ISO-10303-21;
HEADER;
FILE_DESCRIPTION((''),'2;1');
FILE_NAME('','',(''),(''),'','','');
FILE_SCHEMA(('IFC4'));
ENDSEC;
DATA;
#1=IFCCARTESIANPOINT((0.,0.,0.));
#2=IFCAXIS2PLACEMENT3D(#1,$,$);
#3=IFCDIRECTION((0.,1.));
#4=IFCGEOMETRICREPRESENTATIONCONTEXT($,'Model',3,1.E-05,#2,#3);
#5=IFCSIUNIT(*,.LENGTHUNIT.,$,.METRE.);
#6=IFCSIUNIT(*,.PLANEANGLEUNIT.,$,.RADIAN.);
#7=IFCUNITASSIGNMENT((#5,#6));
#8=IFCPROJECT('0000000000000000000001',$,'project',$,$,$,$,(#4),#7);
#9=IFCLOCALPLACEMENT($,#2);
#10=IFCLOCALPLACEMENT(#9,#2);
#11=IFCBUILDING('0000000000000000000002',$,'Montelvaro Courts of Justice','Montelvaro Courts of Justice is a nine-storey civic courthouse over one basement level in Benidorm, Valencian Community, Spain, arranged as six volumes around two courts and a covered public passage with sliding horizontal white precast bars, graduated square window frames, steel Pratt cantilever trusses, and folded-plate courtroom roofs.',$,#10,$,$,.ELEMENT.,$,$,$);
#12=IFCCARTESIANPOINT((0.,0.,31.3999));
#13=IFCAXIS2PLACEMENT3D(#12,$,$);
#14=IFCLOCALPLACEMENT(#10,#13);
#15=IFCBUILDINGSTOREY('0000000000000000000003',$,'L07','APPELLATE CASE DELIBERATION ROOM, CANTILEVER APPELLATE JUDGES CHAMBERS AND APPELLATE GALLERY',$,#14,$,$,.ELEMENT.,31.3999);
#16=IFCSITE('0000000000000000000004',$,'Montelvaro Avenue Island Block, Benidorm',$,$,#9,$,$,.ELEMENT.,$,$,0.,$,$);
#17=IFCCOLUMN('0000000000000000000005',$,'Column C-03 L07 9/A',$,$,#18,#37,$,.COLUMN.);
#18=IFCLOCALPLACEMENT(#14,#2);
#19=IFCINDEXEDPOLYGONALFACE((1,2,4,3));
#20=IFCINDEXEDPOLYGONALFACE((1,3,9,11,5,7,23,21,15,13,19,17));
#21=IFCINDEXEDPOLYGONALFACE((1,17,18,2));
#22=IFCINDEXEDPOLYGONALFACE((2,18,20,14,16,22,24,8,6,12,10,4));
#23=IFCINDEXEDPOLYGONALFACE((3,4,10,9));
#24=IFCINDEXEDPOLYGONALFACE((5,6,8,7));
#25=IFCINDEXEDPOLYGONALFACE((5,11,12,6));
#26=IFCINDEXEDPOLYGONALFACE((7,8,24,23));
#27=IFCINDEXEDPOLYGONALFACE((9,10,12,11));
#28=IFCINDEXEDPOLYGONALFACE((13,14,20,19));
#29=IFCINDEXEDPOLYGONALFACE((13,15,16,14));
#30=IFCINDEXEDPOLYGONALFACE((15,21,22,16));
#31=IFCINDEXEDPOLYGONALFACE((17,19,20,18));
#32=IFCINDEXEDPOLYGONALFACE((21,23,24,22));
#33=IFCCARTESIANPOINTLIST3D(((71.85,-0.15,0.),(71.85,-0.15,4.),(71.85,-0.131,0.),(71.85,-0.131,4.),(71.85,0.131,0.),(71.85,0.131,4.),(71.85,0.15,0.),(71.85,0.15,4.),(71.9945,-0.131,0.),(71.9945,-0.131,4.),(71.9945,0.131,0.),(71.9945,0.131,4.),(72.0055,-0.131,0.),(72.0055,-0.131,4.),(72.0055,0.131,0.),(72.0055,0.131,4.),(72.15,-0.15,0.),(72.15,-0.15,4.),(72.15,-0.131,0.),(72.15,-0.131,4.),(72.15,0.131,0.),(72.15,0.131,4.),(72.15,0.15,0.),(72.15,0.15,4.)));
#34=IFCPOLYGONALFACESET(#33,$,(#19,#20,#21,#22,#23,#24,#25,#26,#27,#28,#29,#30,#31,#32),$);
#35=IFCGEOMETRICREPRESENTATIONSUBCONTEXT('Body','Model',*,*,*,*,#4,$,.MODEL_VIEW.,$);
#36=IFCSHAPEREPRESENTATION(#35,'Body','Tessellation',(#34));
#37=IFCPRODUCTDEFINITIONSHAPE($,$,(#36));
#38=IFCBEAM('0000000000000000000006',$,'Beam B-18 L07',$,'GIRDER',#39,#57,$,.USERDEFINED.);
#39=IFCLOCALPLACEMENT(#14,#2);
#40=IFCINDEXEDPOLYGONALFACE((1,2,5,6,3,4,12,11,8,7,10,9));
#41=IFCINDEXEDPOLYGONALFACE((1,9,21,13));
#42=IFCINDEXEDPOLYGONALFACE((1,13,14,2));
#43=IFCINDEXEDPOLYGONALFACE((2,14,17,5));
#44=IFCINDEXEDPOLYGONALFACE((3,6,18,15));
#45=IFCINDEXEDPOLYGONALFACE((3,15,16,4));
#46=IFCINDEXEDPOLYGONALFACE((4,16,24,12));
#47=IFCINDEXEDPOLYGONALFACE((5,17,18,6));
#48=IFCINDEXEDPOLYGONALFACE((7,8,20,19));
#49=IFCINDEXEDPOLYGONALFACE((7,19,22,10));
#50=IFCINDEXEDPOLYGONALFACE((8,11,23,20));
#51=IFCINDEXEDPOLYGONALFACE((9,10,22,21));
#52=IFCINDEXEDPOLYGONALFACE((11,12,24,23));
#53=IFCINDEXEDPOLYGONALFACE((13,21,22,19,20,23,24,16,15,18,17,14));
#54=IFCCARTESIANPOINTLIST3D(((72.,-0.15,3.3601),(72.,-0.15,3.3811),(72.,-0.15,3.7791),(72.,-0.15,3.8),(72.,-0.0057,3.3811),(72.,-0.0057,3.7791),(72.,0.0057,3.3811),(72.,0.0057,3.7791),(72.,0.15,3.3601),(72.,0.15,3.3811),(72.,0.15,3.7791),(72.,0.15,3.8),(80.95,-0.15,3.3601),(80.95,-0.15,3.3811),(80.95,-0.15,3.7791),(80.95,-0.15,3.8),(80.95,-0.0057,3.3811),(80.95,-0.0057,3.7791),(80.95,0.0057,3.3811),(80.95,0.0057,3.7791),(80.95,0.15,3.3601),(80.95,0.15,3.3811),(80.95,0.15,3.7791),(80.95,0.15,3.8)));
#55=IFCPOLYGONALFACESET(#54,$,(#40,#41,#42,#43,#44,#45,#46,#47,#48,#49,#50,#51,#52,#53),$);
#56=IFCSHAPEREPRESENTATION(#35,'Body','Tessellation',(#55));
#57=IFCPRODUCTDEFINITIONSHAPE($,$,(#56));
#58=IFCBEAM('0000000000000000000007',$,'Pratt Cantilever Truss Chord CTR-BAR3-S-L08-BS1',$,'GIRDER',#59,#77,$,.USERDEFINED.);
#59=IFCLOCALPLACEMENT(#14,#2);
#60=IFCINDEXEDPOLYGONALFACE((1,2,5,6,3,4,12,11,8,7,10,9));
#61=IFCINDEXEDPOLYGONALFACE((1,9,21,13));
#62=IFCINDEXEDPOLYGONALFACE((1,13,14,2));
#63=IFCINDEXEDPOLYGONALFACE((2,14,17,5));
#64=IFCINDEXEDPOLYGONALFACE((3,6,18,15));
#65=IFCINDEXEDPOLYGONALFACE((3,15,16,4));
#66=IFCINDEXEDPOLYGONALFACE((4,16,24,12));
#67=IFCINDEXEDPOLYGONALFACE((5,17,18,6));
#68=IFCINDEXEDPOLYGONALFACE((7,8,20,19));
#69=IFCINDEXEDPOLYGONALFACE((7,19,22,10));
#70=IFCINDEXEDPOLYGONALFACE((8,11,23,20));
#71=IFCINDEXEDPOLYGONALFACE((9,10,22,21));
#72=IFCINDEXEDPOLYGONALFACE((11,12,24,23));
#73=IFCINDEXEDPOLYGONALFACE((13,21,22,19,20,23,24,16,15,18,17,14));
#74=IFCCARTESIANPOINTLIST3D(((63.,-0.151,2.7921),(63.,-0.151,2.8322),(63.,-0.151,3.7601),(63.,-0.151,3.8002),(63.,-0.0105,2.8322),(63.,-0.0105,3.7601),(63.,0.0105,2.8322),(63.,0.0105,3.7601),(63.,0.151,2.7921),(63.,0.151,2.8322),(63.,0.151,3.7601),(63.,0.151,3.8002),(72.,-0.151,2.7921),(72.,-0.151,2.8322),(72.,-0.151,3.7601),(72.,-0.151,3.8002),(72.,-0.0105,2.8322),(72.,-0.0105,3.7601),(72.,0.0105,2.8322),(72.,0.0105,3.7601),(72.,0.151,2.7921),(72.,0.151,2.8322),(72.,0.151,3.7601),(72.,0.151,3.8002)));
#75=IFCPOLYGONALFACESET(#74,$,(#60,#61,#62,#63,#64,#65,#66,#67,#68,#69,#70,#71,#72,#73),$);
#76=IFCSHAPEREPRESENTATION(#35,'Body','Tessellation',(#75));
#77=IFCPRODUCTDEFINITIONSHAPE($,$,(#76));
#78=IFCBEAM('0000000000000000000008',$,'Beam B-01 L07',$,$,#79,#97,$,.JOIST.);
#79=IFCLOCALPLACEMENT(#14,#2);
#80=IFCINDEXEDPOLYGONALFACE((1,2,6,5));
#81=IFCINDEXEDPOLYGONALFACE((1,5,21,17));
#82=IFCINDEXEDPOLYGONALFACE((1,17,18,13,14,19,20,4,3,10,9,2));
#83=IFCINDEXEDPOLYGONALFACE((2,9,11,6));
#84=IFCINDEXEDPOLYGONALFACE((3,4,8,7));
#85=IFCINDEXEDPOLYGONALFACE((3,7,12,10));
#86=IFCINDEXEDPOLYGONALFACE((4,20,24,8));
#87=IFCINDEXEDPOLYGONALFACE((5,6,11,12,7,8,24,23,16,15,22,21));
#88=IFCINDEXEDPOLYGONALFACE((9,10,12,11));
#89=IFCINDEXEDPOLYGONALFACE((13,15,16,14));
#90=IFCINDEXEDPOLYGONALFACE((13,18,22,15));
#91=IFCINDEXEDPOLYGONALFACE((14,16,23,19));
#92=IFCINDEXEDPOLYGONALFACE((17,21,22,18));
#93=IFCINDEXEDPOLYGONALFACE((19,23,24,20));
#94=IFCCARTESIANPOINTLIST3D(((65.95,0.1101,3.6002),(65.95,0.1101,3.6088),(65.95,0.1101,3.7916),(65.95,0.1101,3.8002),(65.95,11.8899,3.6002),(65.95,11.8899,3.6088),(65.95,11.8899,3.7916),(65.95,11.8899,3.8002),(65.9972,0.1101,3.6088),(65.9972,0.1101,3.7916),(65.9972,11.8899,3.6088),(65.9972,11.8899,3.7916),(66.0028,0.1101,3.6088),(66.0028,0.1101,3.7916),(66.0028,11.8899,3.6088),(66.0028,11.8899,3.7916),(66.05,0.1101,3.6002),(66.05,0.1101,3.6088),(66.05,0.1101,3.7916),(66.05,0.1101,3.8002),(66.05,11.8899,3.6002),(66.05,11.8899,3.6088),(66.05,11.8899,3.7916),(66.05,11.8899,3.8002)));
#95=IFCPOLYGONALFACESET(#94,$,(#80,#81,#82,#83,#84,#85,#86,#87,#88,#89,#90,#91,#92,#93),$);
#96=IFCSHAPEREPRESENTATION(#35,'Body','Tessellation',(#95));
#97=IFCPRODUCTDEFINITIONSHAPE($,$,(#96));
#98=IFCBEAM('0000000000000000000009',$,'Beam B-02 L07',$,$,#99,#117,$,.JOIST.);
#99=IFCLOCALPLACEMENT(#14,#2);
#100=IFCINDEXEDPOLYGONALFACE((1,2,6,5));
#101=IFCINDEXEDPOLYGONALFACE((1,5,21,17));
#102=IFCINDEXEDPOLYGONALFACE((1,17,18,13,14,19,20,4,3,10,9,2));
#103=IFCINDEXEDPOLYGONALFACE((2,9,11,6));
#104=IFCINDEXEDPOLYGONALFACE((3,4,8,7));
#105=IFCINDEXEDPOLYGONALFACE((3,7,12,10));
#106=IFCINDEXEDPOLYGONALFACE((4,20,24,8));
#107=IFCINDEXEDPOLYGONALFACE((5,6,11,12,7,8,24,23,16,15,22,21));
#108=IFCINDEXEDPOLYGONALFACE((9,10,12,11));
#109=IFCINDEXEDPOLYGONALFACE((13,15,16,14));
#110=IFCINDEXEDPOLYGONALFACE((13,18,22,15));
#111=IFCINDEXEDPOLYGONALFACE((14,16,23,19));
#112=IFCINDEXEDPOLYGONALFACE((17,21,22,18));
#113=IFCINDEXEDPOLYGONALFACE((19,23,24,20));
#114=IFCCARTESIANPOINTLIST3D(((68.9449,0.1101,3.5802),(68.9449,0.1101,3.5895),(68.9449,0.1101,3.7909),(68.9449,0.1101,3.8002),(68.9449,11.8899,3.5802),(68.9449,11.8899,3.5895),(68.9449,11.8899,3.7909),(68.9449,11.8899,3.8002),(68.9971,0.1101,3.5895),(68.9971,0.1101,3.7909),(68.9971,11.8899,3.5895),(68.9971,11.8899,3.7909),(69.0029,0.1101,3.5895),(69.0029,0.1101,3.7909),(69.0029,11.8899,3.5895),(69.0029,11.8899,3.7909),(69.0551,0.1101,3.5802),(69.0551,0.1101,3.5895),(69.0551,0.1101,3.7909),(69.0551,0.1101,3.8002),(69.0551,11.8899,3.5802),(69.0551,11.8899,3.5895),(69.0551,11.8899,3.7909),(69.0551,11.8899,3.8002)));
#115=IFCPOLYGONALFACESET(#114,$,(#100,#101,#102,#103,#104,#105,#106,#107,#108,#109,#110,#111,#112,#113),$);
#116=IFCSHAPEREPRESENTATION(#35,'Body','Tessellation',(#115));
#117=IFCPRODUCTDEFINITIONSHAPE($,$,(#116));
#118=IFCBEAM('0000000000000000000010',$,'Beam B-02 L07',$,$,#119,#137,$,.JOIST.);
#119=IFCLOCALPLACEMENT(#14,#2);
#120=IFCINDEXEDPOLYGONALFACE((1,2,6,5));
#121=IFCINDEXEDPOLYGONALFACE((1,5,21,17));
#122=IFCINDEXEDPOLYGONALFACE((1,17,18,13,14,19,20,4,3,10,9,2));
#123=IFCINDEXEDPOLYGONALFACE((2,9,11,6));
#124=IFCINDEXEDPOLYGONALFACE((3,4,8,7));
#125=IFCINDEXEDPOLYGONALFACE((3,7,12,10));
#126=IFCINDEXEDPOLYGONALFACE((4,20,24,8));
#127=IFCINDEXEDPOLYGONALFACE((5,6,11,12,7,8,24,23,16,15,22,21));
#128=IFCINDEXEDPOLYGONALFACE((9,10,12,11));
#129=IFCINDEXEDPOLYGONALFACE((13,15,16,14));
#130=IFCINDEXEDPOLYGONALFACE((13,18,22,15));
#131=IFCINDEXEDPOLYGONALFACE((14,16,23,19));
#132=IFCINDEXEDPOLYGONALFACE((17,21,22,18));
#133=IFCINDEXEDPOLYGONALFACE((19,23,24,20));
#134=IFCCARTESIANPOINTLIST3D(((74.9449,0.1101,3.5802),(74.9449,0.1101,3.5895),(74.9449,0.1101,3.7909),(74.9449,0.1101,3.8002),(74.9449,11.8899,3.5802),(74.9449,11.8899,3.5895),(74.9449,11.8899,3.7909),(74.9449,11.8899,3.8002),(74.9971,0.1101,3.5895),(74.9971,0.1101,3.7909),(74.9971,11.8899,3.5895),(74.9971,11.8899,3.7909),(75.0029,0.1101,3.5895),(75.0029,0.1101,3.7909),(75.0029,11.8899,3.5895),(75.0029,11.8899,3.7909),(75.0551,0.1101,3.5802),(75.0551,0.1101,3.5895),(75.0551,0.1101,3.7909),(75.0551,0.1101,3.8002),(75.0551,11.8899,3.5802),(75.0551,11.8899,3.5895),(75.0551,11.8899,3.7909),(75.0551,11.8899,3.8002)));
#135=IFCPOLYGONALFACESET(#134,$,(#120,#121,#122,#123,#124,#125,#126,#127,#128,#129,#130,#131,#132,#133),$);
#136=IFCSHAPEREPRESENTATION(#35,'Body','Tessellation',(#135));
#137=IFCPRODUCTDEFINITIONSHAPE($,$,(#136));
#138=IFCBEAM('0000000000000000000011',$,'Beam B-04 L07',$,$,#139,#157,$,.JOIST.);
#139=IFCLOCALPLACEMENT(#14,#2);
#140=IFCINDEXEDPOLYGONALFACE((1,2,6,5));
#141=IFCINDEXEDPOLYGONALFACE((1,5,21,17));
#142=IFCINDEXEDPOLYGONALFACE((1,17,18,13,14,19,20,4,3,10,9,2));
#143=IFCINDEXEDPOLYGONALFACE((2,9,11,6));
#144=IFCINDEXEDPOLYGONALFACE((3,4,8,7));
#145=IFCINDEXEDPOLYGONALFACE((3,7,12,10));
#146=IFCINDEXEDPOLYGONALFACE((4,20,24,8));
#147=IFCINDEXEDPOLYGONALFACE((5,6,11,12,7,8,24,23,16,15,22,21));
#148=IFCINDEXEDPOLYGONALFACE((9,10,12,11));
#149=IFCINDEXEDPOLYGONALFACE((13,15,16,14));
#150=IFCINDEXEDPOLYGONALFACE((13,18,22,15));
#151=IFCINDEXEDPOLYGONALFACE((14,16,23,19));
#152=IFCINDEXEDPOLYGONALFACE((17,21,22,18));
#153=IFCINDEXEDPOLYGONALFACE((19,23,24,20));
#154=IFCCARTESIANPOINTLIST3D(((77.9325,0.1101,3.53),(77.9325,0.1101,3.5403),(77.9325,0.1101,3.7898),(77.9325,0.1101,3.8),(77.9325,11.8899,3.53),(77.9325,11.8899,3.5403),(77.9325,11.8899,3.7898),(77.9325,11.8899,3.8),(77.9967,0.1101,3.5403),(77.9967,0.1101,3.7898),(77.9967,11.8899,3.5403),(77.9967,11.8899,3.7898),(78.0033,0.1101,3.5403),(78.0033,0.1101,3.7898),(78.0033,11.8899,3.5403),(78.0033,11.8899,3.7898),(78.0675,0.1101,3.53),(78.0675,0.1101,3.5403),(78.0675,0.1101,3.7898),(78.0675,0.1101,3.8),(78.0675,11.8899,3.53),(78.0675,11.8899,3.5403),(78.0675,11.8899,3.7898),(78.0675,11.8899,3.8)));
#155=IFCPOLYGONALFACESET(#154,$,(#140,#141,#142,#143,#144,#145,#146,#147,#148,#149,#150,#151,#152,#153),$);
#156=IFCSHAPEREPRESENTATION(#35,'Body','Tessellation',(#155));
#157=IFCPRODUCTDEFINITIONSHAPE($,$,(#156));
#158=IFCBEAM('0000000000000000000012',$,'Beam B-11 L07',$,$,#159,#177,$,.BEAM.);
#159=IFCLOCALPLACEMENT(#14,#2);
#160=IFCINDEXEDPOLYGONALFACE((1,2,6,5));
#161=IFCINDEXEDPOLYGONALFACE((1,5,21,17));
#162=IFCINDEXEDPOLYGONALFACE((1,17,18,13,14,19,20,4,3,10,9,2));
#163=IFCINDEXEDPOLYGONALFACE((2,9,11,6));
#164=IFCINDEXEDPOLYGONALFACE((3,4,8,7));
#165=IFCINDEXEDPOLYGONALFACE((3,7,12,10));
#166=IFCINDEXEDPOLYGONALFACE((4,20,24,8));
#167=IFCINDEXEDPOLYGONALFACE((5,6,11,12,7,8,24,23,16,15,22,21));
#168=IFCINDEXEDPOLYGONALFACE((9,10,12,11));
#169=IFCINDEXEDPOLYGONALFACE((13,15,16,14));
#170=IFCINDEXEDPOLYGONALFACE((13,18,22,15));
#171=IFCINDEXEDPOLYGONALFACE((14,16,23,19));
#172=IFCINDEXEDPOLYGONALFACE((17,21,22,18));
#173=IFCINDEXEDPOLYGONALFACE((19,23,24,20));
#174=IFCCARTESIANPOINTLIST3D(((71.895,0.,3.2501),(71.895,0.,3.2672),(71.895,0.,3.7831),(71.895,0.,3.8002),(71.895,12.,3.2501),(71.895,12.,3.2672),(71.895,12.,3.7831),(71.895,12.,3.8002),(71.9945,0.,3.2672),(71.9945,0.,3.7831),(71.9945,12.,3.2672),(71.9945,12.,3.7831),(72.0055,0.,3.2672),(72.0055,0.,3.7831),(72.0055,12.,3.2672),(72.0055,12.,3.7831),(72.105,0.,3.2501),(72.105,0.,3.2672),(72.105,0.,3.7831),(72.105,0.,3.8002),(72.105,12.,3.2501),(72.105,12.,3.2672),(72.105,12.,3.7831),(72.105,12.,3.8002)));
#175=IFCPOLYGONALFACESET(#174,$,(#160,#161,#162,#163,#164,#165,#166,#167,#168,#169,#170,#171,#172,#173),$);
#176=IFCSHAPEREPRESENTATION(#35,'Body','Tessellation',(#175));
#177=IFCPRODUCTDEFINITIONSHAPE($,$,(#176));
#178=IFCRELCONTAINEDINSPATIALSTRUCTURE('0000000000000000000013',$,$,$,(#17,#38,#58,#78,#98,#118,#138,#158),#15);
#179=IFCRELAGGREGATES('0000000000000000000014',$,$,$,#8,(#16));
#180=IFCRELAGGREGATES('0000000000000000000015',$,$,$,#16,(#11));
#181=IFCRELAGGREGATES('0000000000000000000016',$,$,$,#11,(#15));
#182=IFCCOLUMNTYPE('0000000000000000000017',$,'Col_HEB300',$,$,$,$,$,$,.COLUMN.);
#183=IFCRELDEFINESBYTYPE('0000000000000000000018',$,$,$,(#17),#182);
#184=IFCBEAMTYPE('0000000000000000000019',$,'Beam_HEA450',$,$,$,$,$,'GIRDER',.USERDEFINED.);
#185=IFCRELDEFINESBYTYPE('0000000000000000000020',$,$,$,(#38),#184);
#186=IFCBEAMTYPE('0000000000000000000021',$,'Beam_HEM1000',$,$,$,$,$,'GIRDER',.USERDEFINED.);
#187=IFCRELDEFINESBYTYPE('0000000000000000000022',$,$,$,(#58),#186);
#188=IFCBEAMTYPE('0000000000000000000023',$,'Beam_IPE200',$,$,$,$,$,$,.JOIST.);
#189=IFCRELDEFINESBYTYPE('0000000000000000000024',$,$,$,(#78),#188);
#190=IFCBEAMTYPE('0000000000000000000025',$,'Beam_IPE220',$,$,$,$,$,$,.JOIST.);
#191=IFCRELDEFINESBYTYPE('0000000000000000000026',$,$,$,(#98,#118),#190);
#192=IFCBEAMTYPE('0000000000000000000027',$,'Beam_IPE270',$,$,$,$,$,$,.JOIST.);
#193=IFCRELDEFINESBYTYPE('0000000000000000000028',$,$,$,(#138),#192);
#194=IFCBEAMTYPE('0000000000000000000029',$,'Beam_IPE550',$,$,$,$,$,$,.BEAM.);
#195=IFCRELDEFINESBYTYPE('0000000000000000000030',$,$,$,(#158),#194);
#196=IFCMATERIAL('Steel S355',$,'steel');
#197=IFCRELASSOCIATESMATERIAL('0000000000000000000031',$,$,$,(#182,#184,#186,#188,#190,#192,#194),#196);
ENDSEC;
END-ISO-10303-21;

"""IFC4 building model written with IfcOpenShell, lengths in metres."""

from ifc_helpers import new_model, si_unit, direction, frame, origin, origin_2d, place, context, subcontext, project, spatial, i_section, extrude, material, material_profile, profile_set, type_object, element, save


model = new_model("IFC4")

# Units and contexts
model_context = context("Model", 3, precision=1e-05, world=origin(), true_north=direction((0.0, 1.0)))
body_context = subcontext(model_context, "Body", "Model", "MODEL_VIEW")
ifc_project = project(units=[si_unit("LENGTHUNIT", "METRE"), si_unit("PLANEANGLEUNIT", "RADIAN")], contexts=[model_context])

# Site, building, storey
site_placement = place(None, origin())
site = spatial("IfcSite", under=ifc_project, at=site_placement, Name="Montelvaro Avenue Island Block, Benidorm", CompositionType="ELEMENT", RefElevation=0.0)
building_placement = place(site_placement, origin())
building = spatial("IfcBuilding", under=site, at=building_placement, Name="Montelvaro Courts of Justice", Description="Montelvaro Courts of Justice is a nine-storey civic courthouse over one basement level in Benidorm, Valencian Community, Spain, arranged as six volumes around two courts and a covered public passage with sliding horizontal white precast bars, graduated square window frames, steel Pratt cantilever trusses, and folded-plate courtroom roofs.", CompositionType="ELEMENT")
storey_placement = place(building_placement, frame((0.0, 0.0, 31.3999)))
storey = spatial("IfcBuildingStorey", under=building, at=storey_placement, Name="L07", Description="APPELLATE CASE DELIBERATION ROOM, CANTILEVER APPELLATE JUDGES CHAMBERS AND APPELLATE GALLERY", CompositionType="ELEMENT", Elevation=31.3999)

# Column
ifc_material_1 = material(Name="Steel S355", Category="steel")
ifc_material_profile_1 = material_profile(ifc_material_1, i_section(OverallWidth=0.3, OverallDepth=0.3, WebThickness=0.011, FlangeThickness=0.019, at=origin_2d()), Name="HEB 300")
ifc_profile_set_1 = profile_set([ifc_material_profile_1], Name="Steel S355")
column_type = type_object("IfcColumnType", Name="Col_HEB300", PredefinedType="COLUMN", material=ifc_profile_set_1)
column_placement = place(storey_placement, frame((72.0, 0.0, 0.0), z_axis=(0.0, 0.0, 1.0), x_axis=(1.0, 0.0, 0.0)))
element("IfcColumn", 1, at=column_placement, inside=storey, type_object=column_type, Name="Column C-03 L07 9/A", PredefinedType="COLUMN", context=body_context, shape_type="SweptSolid", body=[
    extrude(i_section(OverallWidth=0.3, OverallDepth=0.3, WebThickness=0.011, FlangeThickness=0.019, at=origin_2d()), origin(), (0.0, 0.0, 1.0), 4.0),
])

# Beams
ifc_material_profile_2 = material_profile(ifc_material_1, i_section(OverallWidth=0.3, OverallDepth=0.4399, WebThickness=0.0115, FlangeThickness=0.021, at=origin_2d()), Name="HEA 450")
ifc_profile_set_2 = profile_set([ifc_material_profile_2], Name="Steel S355")
beam_type_1 = type_object("IfcBeamType", Name="Beam_HEA450", ElementType="GIRDER", PredefinedType="USERDEFINED", material=ifc_profile_set_2)
beam_1_placement = place(storey_placement, frame((72.0, 0.0, 3.5801), z_axis=(1.0, 0.0, 0.0), x_axis=(0.0, 1.0, 0.0)))
element("IfcBeam", 2, at=beam_1_placement, inside=storey, type_object=beam_type_1, Name="Beam B-18 L07", ObjectType="GIRDER", PredefinedType="USERDEFINED", context=body_context, shape_type="SweptSolid", body=[
    extrude(i_section(OverallWidth=0.3, OverallDepth=0.4399, WebThickness=0.0115, FlangeThickness=0.021, at=origin_2d()), origin(), (0.0, 0.0, 1.0), 8.95),
])
ifc_material_profile_3 = material_profile(ifc_material_1, i_section(OverallWidth=0.302, OverallDepth=1.0081, WebThickness=0.021, FlangeThickness=0.04, at=origin_2d()), Name="HEM 1000")
ifc_profile_set_3 = profile_set([ifc_material_profile_3], Name="Steel S355")
beam_type_2 = type_object("IfcBeamType", Name="Beam_HEM1000", ElementType="GIRDER", PredefinedType="USERDEFINED", material=ifc_profile_set_3)
beam_2_placement = place(storey_placement, frame((72.0, 0.0, 3.2961), z_axis=(-1.0, 0.0, 0.0), x_axis=(0.0, -1.0, 0.0)))
element("IfcBeam", 3, at=beam_2_placement, inside=storey, type_object=beam_type_2, Name="Pratt Cantilever Truss Chord CTR-BAR3-S-L08-BS1", ObjectType="GIRDER", PredefinedType="USERDEFINED", context=body_context, shape_type="SweptSolid", body=[
    extrude(i_section(OverallWidth=0.302, OverallDepth=1.0081, WebThickness=0.021, FlangeThickness=0.04, at=origin_2d()), origin(), (0.0, 0.0, 1.0), 9.0),
])
ifc_material_profile_4 = material_profile(ifc_material_1, i_section(OverallWidth=0.1001, OverallDepth=0.2, WebThickness=0.0056, FlangeThickness=0.0085, at=origin_2d()), Name="IPE 200")
ifc_profile_set_4 = profile_set([ifc_material_profile_4], Name="Steel S355")
beam_type_3 = type_object("IfcBeamType", Name="Beam_IPE200", PredefinedType="JOIST", material=ifc_profile_set_4)
beam_3_placement = place(storey_placement, frame((66.0, 0.1101, 3.7002), z_axis=(0.0, 1.0, 0.0), x_axis=(-1.0, 0.0, 0.0)))
element("IfcBeam", 4, at=beam_3_placement, inside=storey, type_object=beam_type_3, Name="Beam B-01 L07", PredefinedType="JOIST", context=body_context, shape_type="SweptSolid", body=[
    extrude(i_section(OverallWidth=0.1001, OverallDepth=0.2, WebThickness=0.0056, FlangeThickness=0.0085, at=origin_2d()), origin(), (0.0, 0.0, 1.0), 11.7798),
])
ifc_material_profile_5 = material_profile(ifc_material_1, i_section(OverallWidth=0.1101, OverallDepth=0.22, WebThickness=0.0059, FlangeThickness=0.0093, at=origin_2d()), Name="IPE 220")
ifc_profile_set_5 = profile_set([ifc_material_profile_5], Name="Steel S355")
beam_type_4 = type_object("IfcBeamType", Name="Beam_IPE220", PredefinedType="JOIST", material=ifc_profile_set_5)
for number, where, z_axis, x_axis, name in (
    (5, (69.0, 0.1101, 3.6902), (0.0, 1.0, 0.0), (-1.0, 0.0, 0.0), "Beam B-02 L07"),
    (6, (75.0, 0.1101, 3.6902), (0.0, 1.0, 0.0), (-1.0, 0.0, 0.0), "Beam B-02 L07"),
):
    element("IfcBeam", number, at=place(storey_placement, frame(where, z_axis=z_axis, x_axis=x_axis)), inside=storey, type_object=beam_type_4, Name=name, PredefinedType="JOIST", context=body_context, shape_type="SweptSolid", body=[
        extrude(i_section(OverallWidth=0.1101, OverallDepth=0.22, WebThickness=0.0059, FlangeThickness=0.0093, at=origin_2d()), origin(), (0.0, 0.0, 1.0), 11.7798),
    ])
ifc_material_profile_6 = material_profile(ifc_material_1, i_section(OverallWidth=0.135, OverallDepth=0.27, WebThickness=0.0066, FlangeThickness=0.0103, at=origin_2d()), Name="IPE 270")
ifc_profile_set_6 = profile_set([ifc_material_profile_6], Name="Steel S355")
beam_type_5 = type_object("IfcBeamType", Name="Beam_IPE270", PredefinedType="JOIST", material=ifc_profile_set_6)
beam_4_placement = place(storey_placement, frame((78.0, 0.1101, 3.665), z_axis=(0.0, 1.0, 0.0), x_axis=(-1.0, 0.0, 0.0)))
element("IfcBeam", 7, at=beam_4_placement, inside=storey, type_object=beam_type_5, Name="Beam B-04 L07", PredefinedType="JOIST", context=body_context, shape_type="SweptSolid", body=[
    extrude(i_section(OverallWidth=0.135, OverallDepth=0.27, WebThickness=0.0066, FlangeThickness=0.0103, at=origin_2d()), origin(), (0.0, 0.0, 1.0), 11.7798),
])
ifc_material_profile_7 = material_profile(ifc_material_1, i_section(OverallWidth=0.21, OverallDepth=0.55, WebThickness=0.011, FlangeThickness=0.0171, at=origin_2d()), Name="IPE 550")
ifc_profile_set_7 = profile_set([ifc_material_profile_7], Name="Steel S355")
beam_type_6 = type_object("IfcBeamType", Name="Beam_IPE550", PredefinedType="BEAM", material=ifc_profile_set_7)
beam_5_placement = place(storey_placement, frame((72.0, 0.0, 3.5251), z_axis=(0.0, 1.0, 0.0), x_axis=(-1.0, 0.0, 0.0)))
element("IfcBeam", 8, at=beam_5_placement, inside=storey, type_object=beam_type_6, Name="Beam B-11 L07", PredefinedType="BEAM", context=body_context, shape_type="SweptSolid", body=[
    extrude(i_section(OverallWidth=0.21, OverallDepth=0.55, WebThickness=0.011, FlangeThickness=0.0171, at=origin_2d()), origin(), (0.0, 0.0, 1.0), 12.0),
])

save(model, "model.ifc")
